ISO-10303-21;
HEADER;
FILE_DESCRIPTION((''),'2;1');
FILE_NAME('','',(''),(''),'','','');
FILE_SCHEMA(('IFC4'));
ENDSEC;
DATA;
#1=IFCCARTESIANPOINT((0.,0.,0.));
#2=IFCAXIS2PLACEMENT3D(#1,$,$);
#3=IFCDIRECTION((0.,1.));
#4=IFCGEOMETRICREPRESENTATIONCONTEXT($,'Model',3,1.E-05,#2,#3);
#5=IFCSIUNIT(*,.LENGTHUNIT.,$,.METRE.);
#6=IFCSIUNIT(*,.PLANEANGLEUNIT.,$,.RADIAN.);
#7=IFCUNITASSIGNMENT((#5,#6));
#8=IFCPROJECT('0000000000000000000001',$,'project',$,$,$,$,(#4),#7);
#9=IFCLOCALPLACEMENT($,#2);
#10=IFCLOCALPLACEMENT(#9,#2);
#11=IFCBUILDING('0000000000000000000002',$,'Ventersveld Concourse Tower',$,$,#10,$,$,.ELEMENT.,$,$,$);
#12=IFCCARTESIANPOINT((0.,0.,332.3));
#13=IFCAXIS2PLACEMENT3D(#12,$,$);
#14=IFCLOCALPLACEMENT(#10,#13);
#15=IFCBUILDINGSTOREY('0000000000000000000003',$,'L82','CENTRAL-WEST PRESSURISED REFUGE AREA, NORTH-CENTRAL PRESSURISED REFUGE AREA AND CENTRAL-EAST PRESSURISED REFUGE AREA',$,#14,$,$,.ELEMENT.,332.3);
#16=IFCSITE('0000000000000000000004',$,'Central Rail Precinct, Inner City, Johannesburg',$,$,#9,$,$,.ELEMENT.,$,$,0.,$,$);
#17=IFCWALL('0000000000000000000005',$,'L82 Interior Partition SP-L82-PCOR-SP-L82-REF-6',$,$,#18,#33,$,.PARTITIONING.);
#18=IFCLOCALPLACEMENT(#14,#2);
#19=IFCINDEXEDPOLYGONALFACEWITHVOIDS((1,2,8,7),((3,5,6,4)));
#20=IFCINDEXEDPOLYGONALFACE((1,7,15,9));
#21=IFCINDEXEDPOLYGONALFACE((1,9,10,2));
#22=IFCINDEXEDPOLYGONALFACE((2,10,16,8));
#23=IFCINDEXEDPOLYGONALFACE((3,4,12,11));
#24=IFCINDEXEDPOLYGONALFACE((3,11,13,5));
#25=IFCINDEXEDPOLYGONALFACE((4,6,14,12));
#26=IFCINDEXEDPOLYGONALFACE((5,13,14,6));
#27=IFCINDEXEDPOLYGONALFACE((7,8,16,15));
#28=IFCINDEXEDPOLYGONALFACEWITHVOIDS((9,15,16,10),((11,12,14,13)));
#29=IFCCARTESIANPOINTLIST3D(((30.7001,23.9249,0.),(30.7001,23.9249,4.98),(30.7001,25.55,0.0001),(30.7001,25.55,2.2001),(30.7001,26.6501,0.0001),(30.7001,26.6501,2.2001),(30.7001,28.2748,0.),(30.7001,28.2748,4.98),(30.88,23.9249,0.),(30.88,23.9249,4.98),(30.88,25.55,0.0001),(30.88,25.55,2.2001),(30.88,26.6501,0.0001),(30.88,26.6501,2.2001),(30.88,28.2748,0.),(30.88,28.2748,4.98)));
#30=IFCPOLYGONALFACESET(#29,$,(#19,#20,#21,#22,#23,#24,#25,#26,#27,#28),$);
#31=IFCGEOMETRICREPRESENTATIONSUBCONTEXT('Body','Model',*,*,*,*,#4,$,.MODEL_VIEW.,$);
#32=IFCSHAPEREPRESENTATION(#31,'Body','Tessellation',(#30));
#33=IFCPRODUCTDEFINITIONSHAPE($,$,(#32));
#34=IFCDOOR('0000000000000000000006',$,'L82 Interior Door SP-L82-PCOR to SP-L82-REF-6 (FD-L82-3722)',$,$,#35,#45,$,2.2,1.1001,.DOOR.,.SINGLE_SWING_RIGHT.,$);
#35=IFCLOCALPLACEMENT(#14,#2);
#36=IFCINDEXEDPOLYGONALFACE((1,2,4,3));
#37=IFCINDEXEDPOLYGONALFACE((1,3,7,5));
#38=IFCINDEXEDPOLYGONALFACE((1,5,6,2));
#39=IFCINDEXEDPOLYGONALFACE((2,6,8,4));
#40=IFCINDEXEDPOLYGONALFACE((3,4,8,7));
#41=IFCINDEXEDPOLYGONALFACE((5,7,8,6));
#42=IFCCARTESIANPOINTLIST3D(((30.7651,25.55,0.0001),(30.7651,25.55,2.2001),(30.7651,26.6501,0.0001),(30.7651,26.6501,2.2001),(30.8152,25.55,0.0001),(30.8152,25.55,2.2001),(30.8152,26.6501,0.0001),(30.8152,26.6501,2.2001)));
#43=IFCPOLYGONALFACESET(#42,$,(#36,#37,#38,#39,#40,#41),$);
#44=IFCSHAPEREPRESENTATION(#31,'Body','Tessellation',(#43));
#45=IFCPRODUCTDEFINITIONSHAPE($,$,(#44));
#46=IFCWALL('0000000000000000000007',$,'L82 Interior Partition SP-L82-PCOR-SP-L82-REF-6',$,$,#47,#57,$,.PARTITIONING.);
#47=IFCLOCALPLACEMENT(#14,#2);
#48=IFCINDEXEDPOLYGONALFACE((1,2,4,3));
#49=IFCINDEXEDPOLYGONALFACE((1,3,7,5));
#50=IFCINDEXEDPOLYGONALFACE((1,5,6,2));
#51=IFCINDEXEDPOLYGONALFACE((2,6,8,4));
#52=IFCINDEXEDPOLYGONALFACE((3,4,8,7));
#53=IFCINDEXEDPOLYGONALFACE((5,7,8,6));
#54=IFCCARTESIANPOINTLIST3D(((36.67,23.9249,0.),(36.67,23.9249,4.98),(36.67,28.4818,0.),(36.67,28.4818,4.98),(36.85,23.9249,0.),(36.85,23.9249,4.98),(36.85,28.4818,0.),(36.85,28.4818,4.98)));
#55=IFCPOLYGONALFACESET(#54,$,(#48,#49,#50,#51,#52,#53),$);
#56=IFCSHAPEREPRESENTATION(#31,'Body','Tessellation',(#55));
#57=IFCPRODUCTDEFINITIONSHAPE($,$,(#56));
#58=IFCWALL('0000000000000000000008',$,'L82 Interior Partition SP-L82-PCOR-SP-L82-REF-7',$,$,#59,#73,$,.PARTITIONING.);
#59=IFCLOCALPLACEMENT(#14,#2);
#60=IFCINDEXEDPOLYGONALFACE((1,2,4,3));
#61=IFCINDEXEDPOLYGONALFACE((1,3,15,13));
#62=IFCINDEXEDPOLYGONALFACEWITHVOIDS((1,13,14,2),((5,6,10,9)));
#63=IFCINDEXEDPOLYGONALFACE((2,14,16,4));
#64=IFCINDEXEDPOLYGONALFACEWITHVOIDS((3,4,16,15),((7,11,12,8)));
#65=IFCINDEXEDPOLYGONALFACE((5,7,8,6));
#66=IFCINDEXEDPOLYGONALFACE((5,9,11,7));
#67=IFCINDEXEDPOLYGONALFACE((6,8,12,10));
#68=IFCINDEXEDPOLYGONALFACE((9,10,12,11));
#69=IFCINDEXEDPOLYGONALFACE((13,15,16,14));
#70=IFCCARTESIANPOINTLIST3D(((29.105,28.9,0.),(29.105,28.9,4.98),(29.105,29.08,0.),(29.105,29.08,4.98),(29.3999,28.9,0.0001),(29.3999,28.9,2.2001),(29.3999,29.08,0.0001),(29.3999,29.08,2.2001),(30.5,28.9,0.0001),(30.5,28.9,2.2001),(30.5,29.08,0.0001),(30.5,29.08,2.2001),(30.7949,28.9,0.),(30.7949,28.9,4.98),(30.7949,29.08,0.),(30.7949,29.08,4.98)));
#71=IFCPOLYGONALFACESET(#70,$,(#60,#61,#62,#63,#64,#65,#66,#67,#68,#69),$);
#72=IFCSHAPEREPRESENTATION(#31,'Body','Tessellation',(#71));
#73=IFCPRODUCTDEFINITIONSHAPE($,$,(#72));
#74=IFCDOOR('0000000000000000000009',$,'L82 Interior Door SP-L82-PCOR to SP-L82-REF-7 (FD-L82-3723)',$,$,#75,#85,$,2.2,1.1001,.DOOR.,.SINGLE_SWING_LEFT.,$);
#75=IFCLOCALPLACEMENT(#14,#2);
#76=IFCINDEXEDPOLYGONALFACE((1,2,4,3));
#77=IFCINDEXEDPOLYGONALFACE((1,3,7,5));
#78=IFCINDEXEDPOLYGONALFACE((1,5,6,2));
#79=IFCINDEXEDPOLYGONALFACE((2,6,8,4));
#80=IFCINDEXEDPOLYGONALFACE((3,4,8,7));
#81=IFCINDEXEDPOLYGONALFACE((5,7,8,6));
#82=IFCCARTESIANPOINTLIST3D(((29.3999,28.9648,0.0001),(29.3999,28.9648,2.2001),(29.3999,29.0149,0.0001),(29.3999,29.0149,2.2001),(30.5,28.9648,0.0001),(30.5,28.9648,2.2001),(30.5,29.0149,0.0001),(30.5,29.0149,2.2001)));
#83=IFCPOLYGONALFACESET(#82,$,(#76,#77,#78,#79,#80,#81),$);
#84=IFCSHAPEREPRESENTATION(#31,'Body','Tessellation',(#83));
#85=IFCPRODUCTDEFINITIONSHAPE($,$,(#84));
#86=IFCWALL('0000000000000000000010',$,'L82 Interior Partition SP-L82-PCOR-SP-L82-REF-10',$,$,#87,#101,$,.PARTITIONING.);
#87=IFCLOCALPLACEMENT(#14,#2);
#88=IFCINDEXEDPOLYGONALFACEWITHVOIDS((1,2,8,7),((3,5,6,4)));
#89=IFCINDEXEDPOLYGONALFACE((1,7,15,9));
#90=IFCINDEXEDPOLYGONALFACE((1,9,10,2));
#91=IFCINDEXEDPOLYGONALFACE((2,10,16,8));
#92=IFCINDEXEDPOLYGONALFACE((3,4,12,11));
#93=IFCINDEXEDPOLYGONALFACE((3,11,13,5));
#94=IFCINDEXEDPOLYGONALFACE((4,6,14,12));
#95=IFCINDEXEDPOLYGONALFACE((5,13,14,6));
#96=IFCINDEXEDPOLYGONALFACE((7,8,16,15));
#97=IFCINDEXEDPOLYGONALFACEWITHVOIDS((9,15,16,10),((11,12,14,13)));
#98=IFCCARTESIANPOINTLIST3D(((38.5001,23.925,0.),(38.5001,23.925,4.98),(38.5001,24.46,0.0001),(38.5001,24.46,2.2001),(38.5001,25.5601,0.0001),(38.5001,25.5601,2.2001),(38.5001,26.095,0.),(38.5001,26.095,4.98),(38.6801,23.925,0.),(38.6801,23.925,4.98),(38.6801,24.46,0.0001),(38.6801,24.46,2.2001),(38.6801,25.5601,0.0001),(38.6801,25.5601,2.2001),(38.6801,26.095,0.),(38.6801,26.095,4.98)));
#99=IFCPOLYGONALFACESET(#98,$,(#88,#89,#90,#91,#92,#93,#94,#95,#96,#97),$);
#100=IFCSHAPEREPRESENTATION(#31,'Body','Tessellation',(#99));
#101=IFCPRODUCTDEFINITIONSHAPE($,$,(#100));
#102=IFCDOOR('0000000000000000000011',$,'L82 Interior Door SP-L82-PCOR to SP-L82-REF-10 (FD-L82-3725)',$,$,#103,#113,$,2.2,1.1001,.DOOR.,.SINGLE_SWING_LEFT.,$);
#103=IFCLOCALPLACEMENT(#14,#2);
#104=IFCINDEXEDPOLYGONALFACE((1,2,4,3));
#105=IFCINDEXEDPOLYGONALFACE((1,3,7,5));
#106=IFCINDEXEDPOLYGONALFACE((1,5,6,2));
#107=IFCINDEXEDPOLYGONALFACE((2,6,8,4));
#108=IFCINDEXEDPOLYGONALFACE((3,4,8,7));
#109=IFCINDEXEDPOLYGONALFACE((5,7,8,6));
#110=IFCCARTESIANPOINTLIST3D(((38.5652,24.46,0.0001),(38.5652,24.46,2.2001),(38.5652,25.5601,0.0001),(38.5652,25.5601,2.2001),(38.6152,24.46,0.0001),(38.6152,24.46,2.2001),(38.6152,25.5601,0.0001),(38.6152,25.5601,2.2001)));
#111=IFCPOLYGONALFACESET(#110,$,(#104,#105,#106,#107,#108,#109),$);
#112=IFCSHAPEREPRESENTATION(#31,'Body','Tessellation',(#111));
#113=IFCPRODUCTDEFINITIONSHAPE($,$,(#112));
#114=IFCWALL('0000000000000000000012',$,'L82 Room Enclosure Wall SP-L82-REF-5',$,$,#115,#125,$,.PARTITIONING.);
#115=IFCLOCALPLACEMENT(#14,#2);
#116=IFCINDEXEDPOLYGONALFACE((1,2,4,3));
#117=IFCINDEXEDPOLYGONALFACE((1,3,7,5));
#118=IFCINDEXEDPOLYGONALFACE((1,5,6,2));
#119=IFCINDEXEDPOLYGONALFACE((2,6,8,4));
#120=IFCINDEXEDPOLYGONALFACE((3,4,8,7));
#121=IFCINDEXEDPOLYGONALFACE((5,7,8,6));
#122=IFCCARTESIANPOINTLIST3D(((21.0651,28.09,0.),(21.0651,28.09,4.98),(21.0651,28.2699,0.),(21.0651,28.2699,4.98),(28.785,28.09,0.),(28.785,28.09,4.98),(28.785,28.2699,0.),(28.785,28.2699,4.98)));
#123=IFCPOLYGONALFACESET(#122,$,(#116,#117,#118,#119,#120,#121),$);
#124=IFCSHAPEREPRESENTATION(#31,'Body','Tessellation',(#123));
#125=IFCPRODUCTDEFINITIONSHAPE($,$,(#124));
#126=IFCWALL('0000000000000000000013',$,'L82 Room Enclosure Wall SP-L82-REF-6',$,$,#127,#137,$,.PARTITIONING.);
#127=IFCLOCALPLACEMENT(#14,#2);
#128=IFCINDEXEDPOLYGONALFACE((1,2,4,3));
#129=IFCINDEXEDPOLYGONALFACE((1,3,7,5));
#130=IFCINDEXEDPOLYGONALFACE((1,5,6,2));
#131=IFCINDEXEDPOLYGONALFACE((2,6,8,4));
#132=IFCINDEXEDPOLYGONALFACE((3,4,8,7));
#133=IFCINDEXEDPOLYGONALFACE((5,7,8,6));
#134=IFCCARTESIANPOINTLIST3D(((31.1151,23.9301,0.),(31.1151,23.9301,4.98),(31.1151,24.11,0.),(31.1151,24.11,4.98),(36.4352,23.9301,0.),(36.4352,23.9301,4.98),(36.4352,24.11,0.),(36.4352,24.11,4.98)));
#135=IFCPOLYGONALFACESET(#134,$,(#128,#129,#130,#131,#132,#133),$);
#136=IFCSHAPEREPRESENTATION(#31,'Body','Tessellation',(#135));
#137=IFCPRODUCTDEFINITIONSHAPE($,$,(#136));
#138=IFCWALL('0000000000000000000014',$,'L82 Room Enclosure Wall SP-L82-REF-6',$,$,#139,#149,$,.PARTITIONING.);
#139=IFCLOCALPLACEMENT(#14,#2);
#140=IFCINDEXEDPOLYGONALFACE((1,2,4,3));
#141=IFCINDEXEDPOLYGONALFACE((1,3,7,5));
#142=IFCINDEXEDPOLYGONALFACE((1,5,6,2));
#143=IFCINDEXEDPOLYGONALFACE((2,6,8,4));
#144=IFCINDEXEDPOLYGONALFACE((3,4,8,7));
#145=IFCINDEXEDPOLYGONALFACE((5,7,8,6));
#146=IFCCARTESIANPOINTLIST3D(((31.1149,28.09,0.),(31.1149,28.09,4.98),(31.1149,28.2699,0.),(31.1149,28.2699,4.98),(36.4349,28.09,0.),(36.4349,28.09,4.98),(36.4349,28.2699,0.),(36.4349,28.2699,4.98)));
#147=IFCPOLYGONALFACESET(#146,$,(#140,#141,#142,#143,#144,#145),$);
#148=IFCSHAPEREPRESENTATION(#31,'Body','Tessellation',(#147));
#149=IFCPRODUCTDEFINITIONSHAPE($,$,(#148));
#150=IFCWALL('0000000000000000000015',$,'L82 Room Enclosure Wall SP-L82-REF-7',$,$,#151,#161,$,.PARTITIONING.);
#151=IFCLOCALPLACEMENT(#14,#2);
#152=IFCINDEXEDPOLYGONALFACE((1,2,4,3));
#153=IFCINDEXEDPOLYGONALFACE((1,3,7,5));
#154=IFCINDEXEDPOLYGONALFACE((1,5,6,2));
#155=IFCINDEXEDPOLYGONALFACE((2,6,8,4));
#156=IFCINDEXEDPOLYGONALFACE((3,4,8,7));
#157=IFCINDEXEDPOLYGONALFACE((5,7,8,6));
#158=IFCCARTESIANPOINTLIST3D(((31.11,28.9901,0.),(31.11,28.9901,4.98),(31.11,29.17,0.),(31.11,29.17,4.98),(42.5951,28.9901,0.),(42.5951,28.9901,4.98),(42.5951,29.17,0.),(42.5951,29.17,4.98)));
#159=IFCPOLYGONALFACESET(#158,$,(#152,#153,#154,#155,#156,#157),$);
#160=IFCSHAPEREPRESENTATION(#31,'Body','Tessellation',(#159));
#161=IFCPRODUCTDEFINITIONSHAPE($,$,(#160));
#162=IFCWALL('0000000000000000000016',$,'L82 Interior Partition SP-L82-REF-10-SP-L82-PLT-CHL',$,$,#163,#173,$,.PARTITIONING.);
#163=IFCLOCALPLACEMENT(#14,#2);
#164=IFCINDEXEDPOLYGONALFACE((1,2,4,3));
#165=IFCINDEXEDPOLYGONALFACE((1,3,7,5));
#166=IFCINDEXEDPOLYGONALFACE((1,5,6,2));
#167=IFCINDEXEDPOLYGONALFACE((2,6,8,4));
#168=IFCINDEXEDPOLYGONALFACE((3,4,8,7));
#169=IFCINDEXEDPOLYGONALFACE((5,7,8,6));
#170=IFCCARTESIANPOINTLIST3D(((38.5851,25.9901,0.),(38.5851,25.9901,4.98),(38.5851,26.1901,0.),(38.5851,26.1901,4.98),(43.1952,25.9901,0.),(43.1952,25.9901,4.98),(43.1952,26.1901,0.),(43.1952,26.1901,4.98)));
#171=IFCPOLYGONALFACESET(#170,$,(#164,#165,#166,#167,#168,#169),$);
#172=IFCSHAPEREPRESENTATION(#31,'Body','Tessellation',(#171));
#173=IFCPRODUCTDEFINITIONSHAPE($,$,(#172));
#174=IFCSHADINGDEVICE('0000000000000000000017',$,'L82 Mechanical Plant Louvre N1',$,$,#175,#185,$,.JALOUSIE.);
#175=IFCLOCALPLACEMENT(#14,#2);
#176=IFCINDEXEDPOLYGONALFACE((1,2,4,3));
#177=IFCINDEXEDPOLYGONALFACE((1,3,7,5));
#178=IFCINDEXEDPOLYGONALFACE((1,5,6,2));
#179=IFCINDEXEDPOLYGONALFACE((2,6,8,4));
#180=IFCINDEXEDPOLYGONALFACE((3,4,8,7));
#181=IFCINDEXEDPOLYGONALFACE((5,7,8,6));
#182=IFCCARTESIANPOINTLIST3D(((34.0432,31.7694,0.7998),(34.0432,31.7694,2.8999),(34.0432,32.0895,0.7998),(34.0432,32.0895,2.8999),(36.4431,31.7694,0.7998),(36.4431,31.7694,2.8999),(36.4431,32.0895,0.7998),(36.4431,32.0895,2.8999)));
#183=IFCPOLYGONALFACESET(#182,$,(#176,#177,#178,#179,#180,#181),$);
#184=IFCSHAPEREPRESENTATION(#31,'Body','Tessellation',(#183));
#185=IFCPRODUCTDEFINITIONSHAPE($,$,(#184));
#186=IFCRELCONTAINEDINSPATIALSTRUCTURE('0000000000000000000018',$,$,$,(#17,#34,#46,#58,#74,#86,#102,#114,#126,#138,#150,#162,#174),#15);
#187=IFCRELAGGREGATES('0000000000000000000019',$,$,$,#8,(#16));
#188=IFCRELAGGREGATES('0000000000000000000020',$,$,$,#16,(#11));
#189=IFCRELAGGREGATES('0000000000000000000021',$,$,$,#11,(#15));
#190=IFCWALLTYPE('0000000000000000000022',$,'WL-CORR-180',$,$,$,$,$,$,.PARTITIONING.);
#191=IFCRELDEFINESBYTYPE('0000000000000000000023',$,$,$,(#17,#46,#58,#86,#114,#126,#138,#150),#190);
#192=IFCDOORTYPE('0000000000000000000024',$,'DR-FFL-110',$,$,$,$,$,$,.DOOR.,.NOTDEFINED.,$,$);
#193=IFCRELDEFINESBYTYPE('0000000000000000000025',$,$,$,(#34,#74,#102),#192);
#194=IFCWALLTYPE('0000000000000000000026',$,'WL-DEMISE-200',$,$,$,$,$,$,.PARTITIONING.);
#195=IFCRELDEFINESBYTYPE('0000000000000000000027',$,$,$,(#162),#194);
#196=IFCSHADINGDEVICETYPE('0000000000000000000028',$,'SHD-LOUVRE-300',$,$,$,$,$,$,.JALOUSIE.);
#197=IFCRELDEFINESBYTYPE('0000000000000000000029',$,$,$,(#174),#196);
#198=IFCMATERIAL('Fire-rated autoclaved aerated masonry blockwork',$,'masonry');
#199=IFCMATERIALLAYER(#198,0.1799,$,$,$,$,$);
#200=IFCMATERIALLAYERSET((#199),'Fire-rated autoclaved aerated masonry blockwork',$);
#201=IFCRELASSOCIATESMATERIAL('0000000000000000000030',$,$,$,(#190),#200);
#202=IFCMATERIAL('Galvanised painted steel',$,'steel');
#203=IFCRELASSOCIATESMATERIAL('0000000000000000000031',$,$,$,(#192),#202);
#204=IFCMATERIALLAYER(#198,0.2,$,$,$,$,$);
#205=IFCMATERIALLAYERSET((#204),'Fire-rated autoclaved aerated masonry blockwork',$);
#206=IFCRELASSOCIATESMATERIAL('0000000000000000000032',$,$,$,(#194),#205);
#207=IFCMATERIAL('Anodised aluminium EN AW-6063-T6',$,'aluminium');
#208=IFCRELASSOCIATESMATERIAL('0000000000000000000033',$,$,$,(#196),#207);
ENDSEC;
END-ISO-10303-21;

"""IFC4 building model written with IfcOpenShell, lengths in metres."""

from ifc_helpers import new_model, si_unit, direction, frame, frame_2d, origin, origin_2d, place, context, subcontext, project, spatial, rectangle, extrude, material, layer, layer_set, type_object, element, fill, save


model = new_model("IFC4")

# Units and contexts
model_context = context("Model", 3, precision=1e-05, world=origin(), true_north=direction((0.0, 1.0)))
body_context = subcontext(model_context, "Body", "Model", "MODEL_VIEW")
ifc_project = project(units=[si_unit("LENGTHUNIT", "METRE"), si_unit("PLANEANGLEUNIT", "RADIAN")], contexts=[model_context])

# Site, building, storey
site_placement = place(None, origin())
site = spatial("IfcSite", under=ifc_project, at=site_placement, Name="Central Rail Precinct, Inner City, Johannesburg", CompositionType="ELEMENT", RefElevation=0.0)
building_placement = place(site_placement, origin())
building = spatial("IfcBuilding", under=site, at=building_placement, Name="Ventersveld Concourse Tower", CompositionType="ELEMENT")
storey_placement = place(building_placement, frame((0.0, 0.0, 332.3)))
storey = spatial("IfcBuildingStorey", under=building, at=storey_placement, Name="L82", Description="CENTRAL-WEST PRESSURISED REFUGE AREA, NORTH-CENTRAL PRESSURISED REFUGE AREA AND CENTRAL-EAST PRESSURISED REFUGE AREA", CompositionType="ELEMENT", Elevation=332.3)

# Wall, opening, door
ifc_material_1 = material(Name="Fire-rated autoclaved aerated masonry blockwork", Category="masonry")
ifc_layer_1 = layer(ifc_material_1, 0.1799)
ifc_layer_set_1 = layer_set([ifc_layer_1], Name="Fire-rated autoclaved aerated masonry blockwork")
wall_type_1 = type_object("IfcWallType", Name="WL-CORR-180", PredefinedType="PARTITIONING", material=ifc_layer_set_1)
wall_1_placement = place(storey_placement, frame((30.79, 23.925, 0.0), z_axis=(0.0, 0.0, 1.0), x_axis=(0.0, 1.0, 0.0)))
wall_1 = element("IfcWall", 1, at=wall_1_placement, inside=storey, type_object=wall_type_1, Name="L82 Interior Partition SP-L82-PCOR-SP-L82-REF-6", PredefinedType="PARTITIONING", context=body_context, shape_type="SweptSolid", body=[
    extrude(rectangle(XDim=4.3499, YDim=0.1799, at=frame_2d((2.1748, 0.0))), origin(), (0.0, 0.0, 1.0), 4.98),
])
opening_1_placement = place(wall_1_placement, frame((1.625, 0.0, 0.0)))
opening_1 = element("IfcOpeningElement", 2, at=opening_1_placement, cuts=wall_1, PredefinedType="OPENING", context=body_context, shape_type="SweptSolid", body=[
    extrude(rectangle(XDim=1.1001, YDim=2.2, at=frame_2d((0.55, 1.1001))), frame((0.0, 0.1001, 0.0), z_axis=(0.0, -1.0, 0.0), x_axis=(1.0, 0.0, 0.0)), (0.0, 0.0, 1.0), 0.2),
])
ifc_material_2 = material(Name="Galvanised painted steel", Category="steel")
door_type = type_object("IfcDoorType", Name="DR-FFL-110", OperationType="NOTDEFINED", PredefinedType="DOOR", material=ifc_material_2)
door_1_placement = place(opening_1_placement, origin())
door_1 = element("IfcDoor", 3, at=door_1_placement, inside=storey, type_object=door_type, Name="L82 Interior Door SP-L82-PCOR to SP-L82-REF-6 (FD-L82-3722)", OperationType="SINGLE_SWING_RIGHT", OverallHeight=2.2, OverallWidth=1.1001, PredefinedType="DOOR", context=body_context, shape_type="SweptSolid", body=[
    extrude(rectangle(XDim=1.1001, YDim=2.2, at=frame_2d((0.55, 1.1001))), frame((0.0, 0.0249, 0.0), z_axis=(0.0, -1.0, 0.0), x_axis=(1.0, 0.0, 0.0)), (0.0, 0.0, 1.0), 0.05),
])
fill(opening_1, door_1)

# Wall
wall_2_placement = place(storey_placement, frame((36.76, 23.925, 0.0), z_axis=(0.0, 0.0, 1.0), x_axis=(0.0, 1.0, 0.0)))
element("IfcWall", 4, at=wall_2_placement, inside=storey, type_object=wall_type_1, Name="L82 Interior Partition SP-L82-PCOR-SP-L82-REF-6", PredefinedType="PARTITIONING", context=body_context, shape_type="SweptSolid", body=[
    extrude(rectangle(XDim=4.5569, YDim=0.1799, at=frame_2d((2.2783, 0.0))), origin(), (0.0, 0.0, 1.0), 4.98),
])

# Walls, openings, doors
wall_3_placement = place(storey_placement, frame((29.105, 28.99, 0.0), z_axis=(0.0, 0.0, 1.0), x_axis=(1.0, 0.0, 0.0)))
wall_3 = element("IfcWall", 5, at=wall_3_placement, inside=storey, type_object=wall_type_1, Name="L82 Interior Partition SP-L82-PCOR-SP-L82-REF-7", PredefinedType="PARTITIONING", context=body_context, shape_type="SweptSolid", body=[
    extrude(rectangle(XDim=1.6899, YDim=0.1799, at=frame_2d((0.845, 0.0))), origin(), (0.0, 0.0, 1.0), 4.98),
])
opening_2_placement = place(wall_3_placement, frame((0.2949, 0.0, 0.0)))
opening_2 = element("IfcOpeningElement", 6, at=opening_2_placement, cuts=wall_3, PredefinedType="OPENING", context=body_context, shape_type="SweptSolid", body=[
    extrude(rectangle(XDim=1.1001, YDim=2.2, at=frame_2d((0.55, 1.1001))), frame((0.0, 0.1001, 0.0), z_axis=(0.0, -1.0, 0.0), x_axis=(1.0, 0.0, 0.0)), (0.0, 0.0, 1.0), 0.2),
])
door_2_placement = place(opening_2_placement, origin())
door_2 = element("IfcDoor", 7, at=door_2_placement, inside=storey, type_object=door_type, Name="L82 Interior Door SP-L82-PCOR to SP-L82-REF-7 (FD-L82-3723)", OperationType="SINGLE_SWING_LEFT", OverallHeight=2.2, OverallWidth=1.1001, PredefinedType="DOOR", context=body_context, shape_type="SweptSolid", body=[
    extrude(rectangle(XDim=1.1001, YDim=2.2, at=frame_2d((0.55, 1.1001))), frame((0.0, 0.0249, 0.0), z_axis=(0.0, -1.0, 0.0), x_axis=(1.0, 0.0, 0.0)), (0.0, 0.0, 1.0), 0.05),
])
fill(opening_2, door_2)
wall_4_placement = place(storey_placement, frame((38.5901, 23.925, 0.0), z_axis=(0.0, 0.0, 1.0), x_axis=(0.0, 1.0, 0.0)))
wall_4 = element("IfcWall", 8, at=wall_4_placement, inside=storey, type_object=wall_type_1, Name="L82 Interior Partition SP-L82-PCOR-SP-L82-REF-10", PredefinedType="PARTITIONING", context=body_context, shape_type="SweptSolid", body=[
    extrude(rectangle(XDim=2.1699, YDim=0.1799, at=frame_2d((1.085, 0.0))), origin(), (0.0, 0.0, 1.0), 4.98),
])
opening_3_placement = place(wall_4_placement, frame((0.5349, 0.0, 0.0)))
opening_3 = element("IfcOpeningElement", 9, at=opening_3_placement, cuts=wall_4, PredefinedType="OPENING", context=body_context, shape_type="SweptSolid", body=[
    extrude(rectangle(XDim=1.1001, YDim=2.2, at=frame_2d((0.55, 1.1001))), frame((0.0, 0.1001, 0.0), z_axis=(0.0, -1.0, 0.0), x_axis=(1.0, 0.0, 0.0)), (0.0, 0.0, 1.0), 0.2),
])
door_3_placement = place(opening_3_placement, origin())
door_3 = element("IfcDoor", 10, at=door_3_placement, inside=storey, type_object=door_type, Name="L82 Interior Door SP-L82-PCOR to SP-L82-REF-10 (FD-L82-3725)", OperationType="SINGLE_SWING_LEFT", OverallHeight=2.2, OverallWidth=1.1001, PredefinedType="DOOR", context=body_context, shape_type="SweptSolid", body=[
    extrude(rectangle(XDim=1.1001, YDim=2.2, at=frame_2d((0.55, 1.1001))), frame((0.0, 0.0249, 0.0), z_axis=(0.0, -1.0, 0.0), x_axis=(1.0, 0.0, 0.0)), (0.0, 0.0, 1.0), 0.05),
])
fill(opening_3, door_3)

# Walls
wall_5_placement = place(storey_placement, frame((28.7849, 28.1799, 0.0), z_axis=(0.0, 0.0, 1.0), x_axis=(-1.0, 0.0, 0.0)))
element("IfcWall", 11, at=wall_5_placement, inside=storey, type_object=wall_type_1, Name="L82 Room Enclosure Wall SP-L82-REF-5", PredefinedType="PARTITIONING", context=body_context, shape_type="SweptSolid", body=[
    extrude(rectangle(XDim=7.72, YDim=0.1799, at=frame_2d((3.8599, 0.0))), origin(), (0.0, 0.0, 1.0), 4.98),
])
for number, where, z_axis, x_axis, name in (
    (12, (31.115, 24.02, 0.0), (0.0, 0.0, 1.0), (1.0, 0.0, 0.0), "L82 Room Enclosure Wall SP-L82-REF-6"),
    (13, (36.4351, 28.1799, 0.0), (0.0, 0.0, 1.0), (-1.0, 0.0, 0.0), "L82 Room Enclosure Wall SP-L82-REF-6"),
):
    element("IfcWall", number, at=place(storey_placement, frame(where, z_axis=z_axis, x_axis=x_axis)), inside=storey, type_object=wall_type_1, Name=name, PredefinedType="PARTITIONING", context=body_context, shape_type="SweptSolid", body=[
        extrude(rectangle(XDim=5.3201, YDim=0.1799, at=frame_2d((2.6602, 0.0))), origin(), (0.0, 0.0, 1.0), 4.98),
    ])
wall_6_placement = place(storey_placement, frame((31.1099, 29.0801, 0.0), z_axis=(0.0, 0.0, 1.0), x_axis=(1.0, 0.0, 0.0)))
element("IfcWall", 14, at=wall_6_placement, inside=storey, type_object=wall_type_1, Name="L82 Room Enclosure Wall SP-L82-REF-7", PredefinedType="PARTITIONING", context=body_context, shape_type="SweptSolid", body=[
    extrude(rectangle(XDim=11.4851, YDim=0.1799, at=frame_2d((5.7427, 0.0))), origin(), (0.0, 0.0, 1.0), 4.98),
])
ifc_layer_2 = layer(ifc_material_1, 0.2)
ifc_layer_set_2 = layer_set([ifc_layer_2], Name="Fire-rated autoclaved aerated masonry blockwork")
wall_type_2 = type_object("IfcWallType", Name="WL-DEMISE-200", PredefinedType="PARTITIONING", material=ifc_layer_set_2)
wall_7_placement = place(storey_placement, frame((38.585, 26.0901, 0.0), z_axis=(0.0, 0.0, 1.0), x_axis=(1.0, 0.0, 0.0)))
element("IfcWall", 15, at=wall_7_placement, inside=storey, type_object=wall_type_2, Name="L82 Interior Partition SP-L82-REF-10-SP-L82-PLT-CHL", PredefinedType="PARTITIONING", context=body_context, shape_type="SweptSolid", body=[
    extrude(rectangle(XDim=4.6101, YDim=0.2, at=frame_2d((2.3052, 0.0))), origin(), (0.0, 0.0, 1.0), 4.98),
])

# Shading device
ifc_material_3 = material(Name="Anodised aluminium EN AW-6063-T6", Category="aluminium")
shading_device_type = type_object("IfcShadingDeviceType", Name="SHD-LOUVRE-300", PredefinedType="JALOUSIE", material=ifc_material_3)
shading_device_placement = place(storey_placement, frame((35.2432, 31.9294, 0.7998), z_axis=(0.0, 0.0, 1.0), x_axis=(-1.0, 0.0, 0.0)))
element("IfcShadingDevice", 16, at=shading_device_placement, inside=storey, type_object=shading_device_type, Name="L82 Mechanical Plant Louvre N1", PredefinedType="JALOUSIE", context=body_context, shape_type="SweptSolid", body=[
    extrude(rectangle(XDim=2.3999, YDim=0.3201, at=origin_2d()), origin(), (0.0, 0.0, 1.0), 2.1001),
])

save(model, "model.ifc")
